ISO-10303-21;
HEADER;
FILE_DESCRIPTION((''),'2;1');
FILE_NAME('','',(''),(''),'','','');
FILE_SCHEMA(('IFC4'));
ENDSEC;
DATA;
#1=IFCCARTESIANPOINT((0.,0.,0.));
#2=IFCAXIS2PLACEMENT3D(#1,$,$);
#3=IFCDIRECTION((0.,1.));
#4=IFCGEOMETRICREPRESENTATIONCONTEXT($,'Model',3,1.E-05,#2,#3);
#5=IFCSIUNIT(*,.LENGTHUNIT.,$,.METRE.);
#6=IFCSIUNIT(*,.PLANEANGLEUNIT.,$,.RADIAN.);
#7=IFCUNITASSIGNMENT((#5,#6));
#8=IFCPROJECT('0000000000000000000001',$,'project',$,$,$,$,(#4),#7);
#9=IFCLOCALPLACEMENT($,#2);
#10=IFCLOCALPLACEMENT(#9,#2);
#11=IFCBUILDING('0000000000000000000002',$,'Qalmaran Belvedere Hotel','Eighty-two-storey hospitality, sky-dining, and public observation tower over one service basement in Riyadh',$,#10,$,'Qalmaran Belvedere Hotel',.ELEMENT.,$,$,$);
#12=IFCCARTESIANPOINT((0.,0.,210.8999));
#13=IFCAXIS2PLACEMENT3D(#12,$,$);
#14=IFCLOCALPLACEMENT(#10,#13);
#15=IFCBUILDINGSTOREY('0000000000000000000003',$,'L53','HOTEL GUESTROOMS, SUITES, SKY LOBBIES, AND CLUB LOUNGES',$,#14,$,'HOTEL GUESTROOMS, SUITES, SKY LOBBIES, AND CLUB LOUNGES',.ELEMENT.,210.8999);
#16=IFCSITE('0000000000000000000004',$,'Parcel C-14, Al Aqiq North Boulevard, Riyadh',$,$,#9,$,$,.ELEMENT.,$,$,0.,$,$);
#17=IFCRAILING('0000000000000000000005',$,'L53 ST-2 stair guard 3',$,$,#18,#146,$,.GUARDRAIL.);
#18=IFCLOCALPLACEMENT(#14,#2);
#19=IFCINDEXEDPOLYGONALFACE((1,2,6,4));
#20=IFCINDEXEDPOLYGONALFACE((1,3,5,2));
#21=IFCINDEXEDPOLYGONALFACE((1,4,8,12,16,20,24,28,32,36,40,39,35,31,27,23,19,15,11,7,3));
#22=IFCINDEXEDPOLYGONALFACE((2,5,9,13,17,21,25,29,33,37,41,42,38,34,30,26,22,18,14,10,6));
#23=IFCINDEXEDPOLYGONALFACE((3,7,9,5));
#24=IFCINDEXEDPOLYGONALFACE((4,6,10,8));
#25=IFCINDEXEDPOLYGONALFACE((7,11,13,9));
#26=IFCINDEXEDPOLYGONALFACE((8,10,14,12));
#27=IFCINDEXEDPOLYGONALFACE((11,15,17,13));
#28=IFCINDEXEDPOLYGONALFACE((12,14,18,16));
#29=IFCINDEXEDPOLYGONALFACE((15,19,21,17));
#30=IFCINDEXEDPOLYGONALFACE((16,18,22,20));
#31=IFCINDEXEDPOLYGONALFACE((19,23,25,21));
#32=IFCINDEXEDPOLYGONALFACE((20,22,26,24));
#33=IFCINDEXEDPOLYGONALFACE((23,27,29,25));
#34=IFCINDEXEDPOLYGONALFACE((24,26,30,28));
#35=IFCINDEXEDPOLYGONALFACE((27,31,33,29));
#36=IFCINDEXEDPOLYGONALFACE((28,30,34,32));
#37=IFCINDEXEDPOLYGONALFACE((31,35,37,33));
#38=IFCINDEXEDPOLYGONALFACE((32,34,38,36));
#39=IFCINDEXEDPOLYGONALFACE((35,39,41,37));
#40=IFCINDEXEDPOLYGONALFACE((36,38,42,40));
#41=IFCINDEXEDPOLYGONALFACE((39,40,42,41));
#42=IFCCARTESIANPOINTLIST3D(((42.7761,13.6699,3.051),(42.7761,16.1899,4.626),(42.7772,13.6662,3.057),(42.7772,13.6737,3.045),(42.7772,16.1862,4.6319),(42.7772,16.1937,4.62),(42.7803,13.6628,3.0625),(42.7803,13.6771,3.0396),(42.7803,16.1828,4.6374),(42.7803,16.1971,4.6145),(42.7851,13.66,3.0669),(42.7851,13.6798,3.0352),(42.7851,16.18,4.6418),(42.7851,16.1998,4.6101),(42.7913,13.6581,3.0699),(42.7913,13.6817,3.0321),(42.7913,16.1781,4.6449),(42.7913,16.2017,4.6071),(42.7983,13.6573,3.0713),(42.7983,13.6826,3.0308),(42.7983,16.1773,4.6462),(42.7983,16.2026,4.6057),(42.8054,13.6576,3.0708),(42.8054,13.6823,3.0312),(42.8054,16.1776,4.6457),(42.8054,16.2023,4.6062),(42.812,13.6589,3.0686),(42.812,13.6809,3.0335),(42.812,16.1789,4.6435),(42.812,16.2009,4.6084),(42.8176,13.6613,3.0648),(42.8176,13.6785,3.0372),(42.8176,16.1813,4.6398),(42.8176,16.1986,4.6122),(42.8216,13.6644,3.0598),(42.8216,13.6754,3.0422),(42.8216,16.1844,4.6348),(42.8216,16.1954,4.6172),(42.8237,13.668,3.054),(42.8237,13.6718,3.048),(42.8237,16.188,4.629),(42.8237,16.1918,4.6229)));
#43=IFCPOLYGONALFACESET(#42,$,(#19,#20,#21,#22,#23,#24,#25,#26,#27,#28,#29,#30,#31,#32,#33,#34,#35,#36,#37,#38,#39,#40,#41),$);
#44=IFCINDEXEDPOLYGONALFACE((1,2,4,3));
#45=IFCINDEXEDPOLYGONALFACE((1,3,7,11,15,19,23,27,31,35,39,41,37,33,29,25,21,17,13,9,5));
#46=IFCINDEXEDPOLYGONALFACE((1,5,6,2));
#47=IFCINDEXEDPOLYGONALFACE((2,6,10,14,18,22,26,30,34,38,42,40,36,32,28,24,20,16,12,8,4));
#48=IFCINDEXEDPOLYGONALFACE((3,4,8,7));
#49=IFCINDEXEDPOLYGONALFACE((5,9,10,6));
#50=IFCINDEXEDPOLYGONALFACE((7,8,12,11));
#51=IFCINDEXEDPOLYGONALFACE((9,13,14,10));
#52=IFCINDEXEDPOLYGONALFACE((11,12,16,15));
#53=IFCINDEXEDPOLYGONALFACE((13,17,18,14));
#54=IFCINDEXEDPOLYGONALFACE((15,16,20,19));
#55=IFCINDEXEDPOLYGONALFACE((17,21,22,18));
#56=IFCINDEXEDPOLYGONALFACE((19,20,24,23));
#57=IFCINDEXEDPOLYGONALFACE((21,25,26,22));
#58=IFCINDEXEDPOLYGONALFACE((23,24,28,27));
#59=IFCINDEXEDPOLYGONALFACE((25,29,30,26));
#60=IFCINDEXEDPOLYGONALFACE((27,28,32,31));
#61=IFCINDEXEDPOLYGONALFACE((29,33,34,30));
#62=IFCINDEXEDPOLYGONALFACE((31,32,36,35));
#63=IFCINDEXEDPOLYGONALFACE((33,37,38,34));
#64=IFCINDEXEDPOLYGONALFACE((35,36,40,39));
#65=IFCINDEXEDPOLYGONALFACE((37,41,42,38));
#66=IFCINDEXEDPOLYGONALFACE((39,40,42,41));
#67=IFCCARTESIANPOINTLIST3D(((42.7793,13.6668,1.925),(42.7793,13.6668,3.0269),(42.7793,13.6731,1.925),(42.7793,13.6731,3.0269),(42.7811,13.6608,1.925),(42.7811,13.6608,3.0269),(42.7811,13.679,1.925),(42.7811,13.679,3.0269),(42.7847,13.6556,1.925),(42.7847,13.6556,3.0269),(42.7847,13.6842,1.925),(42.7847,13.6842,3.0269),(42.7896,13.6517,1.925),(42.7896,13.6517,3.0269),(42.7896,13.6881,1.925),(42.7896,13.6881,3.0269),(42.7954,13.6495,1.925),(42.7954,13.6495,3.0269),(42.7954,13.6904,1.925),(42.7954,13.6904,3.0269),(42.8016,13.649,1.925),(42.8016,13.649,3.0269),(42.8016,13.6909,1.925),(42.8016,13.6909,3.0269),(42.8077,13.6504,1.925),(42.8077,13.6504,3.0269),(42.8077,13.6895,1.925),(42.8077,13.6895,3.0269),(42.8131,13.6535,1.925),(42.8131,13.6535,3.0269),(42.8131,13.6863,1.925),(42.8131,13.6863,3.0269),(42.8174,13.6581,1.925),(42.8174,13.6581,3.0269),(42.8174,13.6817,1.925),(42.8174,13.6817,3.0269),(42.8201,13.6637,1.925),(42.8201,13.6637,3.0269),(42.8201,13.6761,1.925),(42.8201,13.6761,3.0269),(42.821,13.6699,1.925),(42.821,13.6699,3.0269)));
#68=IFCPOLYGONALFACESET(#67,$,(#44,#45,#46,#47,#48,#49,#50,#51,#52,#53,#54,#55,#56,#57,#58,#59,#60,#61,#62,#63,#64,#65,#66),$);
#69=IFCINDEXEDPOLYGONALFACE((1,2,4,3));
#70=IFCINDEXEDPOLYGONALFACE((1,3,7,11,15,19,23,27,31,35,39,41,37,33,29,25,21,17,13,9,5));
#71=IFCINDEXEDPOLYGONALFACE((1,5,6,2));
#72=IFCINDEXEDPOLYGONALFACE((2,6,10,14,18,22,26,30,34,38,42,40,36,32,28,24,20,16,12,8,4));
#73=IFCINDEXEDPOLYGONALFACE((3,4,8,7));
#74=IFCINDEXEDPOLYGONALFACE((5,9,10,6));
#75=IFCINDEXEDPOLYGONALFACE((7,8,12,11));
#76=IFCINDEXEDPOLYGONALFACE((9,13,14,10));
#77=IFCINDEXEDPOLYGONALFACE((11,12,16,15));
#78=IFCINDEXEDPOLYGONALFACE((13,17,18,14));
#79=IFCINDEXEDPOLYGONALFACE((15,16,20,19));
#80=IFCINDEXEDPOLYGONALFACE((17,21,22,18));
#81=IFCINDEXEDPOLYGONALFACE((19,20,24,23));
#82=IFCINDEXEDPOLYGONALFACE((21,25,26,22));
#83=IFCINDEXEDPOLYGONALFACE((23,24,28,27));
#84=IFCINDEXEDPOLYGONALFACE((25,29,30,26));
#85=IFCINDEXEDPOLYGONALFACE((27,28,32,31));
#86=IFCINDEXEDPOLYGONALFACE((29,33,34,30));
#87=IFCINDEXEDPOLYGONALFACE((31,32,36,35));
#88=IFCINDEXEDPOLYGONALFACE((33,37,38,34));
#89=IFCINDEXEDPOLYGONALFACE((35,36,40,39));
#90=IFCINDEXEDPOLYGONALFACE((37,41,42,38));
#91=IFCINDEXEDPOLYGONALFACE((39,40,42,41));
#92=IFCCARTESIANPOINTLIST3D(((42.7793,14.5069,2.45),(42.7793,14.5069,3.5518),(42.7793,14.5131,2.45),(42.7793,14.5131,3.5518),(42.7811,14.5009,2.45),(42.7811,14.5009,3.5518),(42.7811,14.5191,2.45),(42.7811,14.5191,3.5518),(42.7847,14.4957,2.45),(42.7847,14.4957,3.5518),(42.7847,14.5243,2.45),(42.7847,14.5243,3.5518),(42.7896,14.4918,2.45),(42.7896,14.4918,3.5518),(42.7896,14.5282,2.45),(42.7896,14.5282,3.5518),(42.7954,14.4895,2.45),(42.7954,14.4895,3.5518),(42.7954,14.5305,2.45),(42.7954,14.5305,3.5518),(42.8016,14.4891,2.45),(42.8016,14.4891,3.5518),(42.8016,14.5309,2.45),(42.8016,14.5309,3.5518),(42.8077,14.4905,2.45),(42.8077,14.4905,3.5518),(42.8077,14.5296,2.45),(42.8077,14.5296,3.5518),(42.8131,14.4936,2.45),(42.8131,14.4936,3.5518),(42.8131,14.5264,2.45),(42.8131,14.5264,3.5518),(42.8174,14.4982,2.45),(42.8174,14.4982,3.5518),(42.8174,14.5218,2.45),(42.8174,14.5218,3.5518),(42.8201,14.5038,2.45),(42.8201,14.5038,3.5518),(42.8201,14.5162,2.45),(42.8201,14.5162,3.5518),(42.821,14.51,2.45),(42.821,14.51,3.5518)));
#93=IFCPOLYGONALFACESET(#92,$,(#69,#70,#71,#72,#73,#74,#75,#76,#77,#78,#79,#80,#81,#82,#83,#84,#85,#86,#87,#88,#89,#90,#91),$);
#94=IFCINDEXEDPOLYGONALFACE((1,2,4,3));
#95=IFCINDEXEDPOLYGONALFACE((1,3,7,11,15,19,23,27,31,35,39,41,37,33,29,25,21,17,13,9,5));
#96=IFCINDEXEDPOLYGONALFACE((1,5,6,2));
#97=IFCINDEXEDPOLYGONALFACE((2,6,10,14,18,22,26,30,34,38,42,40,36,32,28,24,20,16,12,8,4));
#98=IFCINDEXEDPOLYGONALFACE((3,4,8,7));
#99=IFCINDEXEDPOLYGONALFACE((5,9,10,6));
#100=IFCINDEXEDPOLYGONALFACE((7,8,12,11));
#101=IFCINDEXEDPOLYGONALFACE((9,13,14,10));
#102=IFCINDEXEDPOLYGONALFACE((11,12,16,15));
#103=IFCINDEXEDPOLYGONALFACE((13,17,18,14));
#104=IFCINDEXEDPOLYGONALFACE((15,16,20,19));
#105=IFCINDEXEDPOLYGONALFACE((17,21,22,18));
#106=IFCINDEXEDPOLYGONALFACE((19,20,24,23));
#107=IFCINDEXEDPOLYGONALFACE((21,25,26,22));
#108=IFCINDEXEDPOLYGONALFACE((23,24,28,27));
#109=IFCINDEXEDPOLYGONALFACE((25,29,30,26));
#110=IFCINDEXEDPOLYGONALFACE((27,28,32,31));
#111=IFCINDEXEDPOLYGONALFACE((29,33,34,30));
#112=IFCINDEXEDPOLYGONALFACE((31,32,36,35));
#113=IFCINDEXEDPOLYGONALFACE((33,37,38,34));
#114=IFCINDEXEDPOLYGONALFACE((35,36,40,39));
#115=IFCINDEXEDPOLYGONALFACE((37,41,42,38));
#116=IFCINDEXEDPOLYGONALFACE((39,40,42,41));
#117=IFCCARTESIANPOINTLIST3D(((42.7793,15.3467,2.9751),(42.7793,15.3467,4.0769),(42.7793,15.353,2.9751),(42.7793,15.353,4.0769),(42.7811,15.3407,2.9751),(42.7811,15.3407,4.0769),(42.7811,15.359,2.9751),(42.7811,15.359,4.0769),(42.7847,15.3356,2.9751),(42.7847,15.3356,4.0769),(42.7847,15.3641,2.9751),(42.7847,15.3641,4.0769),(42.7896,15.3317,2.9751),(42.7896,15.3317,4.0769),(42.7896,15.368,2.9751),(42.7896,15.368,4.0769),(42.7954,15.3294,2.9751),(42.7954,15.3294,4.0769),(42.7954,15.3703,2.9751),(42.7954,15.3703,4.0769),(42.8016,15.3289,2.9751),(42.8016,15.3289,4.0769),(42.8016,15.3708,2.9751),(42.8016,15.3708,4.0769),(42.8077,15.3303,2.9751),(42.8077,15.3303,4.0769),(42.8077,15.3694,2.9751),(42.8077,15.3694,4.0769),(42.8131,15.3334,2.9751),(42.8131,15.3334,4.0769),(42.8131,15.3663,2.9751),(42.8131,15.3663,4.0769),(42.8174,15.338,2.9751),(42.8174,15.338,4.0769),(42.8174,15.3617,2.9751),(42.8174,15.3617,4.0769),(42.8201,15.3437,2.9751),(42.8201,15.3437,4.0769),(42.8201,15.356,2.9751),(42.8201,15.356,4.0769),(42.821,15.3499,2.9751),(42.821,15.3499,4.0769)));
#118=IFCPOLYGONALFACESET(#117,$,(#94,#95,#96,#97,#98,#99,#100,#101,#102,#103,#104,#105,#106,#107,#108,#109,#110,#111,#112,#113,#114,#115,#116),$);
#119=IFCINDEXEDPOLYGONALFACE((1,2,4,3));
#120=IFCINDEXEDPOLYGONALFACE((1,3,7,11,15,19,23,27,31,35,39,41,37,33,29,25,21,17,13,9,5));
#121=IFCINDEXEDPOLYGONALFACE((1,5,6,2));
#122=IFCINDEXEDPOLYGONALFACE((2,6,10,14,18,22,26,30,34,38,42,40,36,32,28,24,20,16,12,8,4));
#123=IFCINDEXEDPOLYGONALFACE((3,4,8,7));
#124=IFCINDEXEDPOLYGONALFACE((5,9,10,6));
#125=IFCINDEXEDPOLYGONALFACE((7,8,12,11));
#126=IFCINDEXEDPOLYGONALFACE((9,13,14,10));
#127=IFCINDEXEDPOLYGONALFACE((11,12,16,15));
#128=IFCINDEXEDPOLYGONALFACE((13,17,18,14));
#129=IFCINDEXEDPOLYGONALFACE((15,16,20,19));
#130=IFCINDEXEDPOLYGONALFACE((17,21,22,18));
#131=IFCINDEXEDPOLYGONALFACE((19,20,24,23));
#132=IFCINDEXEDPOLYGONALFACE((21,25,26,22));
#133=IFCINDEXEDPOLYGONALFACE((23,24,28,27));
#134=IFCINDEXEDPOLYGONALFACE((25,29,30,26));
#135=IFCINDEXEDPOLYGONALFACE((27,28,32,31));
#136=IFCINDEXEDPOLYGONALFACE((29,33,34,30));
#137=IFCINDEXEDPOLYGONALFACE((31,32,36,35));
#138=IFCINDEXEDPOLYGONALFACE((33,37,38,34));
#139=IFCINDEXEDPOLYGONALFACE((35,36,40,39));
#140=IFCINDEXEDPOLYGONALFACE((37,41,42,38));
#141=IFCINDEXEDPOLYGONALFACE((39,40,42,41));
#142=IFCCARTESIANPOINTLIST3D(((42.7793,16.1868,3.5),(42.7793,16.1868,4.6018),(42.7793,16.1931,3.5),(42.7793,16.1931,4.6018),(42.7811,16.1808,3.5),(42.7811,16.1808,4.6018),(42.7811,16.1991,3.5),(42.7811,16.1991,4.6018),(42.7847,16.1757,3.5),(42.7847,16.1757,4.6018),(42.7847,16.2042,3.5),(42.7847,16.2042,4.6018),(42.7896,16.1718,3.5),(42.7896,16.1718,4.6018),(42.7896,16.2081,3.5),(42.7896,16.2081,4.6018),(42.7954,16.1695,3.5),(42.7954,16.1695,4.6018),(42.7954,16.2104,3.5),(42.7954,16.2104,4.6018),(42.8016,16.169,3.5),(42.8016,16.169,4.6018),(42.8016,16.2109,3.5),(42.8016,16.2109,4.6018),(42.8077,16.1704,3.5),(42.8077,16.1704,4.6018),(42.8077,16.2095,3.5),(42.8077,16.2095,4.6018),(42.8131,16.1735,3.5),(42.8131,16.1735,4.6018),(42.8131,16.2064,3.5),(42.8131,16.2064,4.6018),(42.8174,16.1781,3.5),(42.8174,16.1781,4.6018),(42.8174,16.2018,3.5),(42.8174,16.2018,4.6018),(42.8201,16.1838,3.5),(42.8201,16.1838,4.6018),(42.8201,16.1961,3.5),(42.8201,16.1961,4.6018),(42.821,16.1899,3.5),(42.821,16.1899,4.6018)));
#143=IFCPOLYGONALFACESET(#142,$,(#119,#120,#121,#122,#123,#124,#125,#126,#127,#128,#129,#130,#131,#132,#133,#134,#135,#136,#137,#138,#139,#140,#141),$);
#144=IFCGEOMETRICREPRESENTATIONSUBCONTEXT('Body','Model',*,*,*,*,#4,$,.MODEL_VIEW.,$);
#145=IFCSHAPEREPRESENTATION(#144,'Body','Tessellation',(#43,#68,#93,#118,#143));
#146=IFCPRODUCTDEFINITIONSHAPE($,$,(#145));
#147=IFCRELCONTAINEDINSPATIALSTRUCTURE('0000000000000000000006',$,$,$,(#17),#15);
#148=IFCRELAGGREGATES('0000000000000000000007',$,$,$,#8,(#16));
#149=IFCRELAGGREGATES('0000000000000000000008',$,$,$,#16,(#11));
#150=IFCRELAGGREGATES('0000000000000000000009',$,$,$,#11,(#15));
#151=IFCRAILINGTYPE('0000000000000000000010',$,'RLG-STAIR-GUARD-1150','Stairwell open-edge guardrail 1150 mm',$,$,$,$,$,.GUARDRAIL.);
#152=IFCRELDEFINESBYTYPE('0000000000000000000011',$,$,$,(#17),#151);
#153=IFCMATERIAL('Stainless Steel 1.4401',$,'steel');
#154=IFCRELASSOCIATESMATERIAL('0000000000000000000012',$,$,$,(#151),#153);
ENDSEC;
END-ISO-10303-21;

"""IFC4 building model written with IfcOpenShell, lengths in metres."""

from ifc_helpers import new_model, si_unit, direction, frame, origin, origin_2d, place, context, subcontext, project, spatial, circle, extrude, material, type_object, element, save


model = new_model("IFC4")

# Units and contexts
model_context = context("Model", 3, precision=1e-05, world=origin(), true_north=direction((0.0, 1.0)))
body_context = subcontext(model_context, "Body", "Model", "MODEL_VIEW")
ifc_project = project(units=[si_unit("LENGTHUNIT", "METRE"), si_unit("PLANEANGLEUNIT", "RADIAN")], contexts=[model_context])

# Site, building, storey
site_placement = place(None, origin())
site = spatial("IfcSite", under=ifc_project, at=site_placement, Name="Parcel C-14, Al Aqiq North Boulevard, Riyadh", CompositionType="ELEMENT", RefElevation=0.0)
building_placement = place(site_placement, origin())
building = spatial("IfcBuilding", under=site, at=building_placement, Name="Qalmaran Belvedere Hotel", Description="Eighty-two-storey hospitality, sky-dining, and public observation tower over one service basement in Riyadh", LongName="Qalmaran Belvedere Hotel", CompositionType="ELEMENT")
storey_placement = place(building_placement, frame((0.0, 0.0, 210.8999)))
storey = spatial("IfcBuildingStorey", under=building, at=storey_placement, Name="L53", Description="HOTEL GUESTROOMS, SUITES, SKY LOBBIES, AND CLUB LOUNGES", LongName="HOTEL GUESTROOMS, SUITES, SKY LOBBIES, AND CLUB LOUNGES", CompositionType="ELEMENT", Elevation=210.8999)

# Railing
ifc_material_1 = material(Name="Stainless Steel 1.4401", Category="steel")
railing_type_1 = type_object("IfcRailingType", Name="RLG-STAIR-GUARD-1150", Description="Stairwell open-edge guardrail 1150 mm", PredefinedType="GUARDRAIL", material=ifc_material_1)
railing_1_placement = place(storey_placement, frame((42.8, 13.6699, 1.925)))
element("IfcRailing", 1, at=railing_1_placement, inside=storey, type_object=railing_type_1, Name="L53 ST-2 stair guard 3", PredefinedType="GUARDRAIL", context=body_context, shape_type="SweptSolid", body=[
    extrude(circle(Radius=0.0239, at=origin_2d()), frame((0.0, 0.0, 1.126), z_axis=(0.0, 0.848008, 0.529984), x_axis=(-1.0, 0.0, 0.0)), (0.0, 0.0, 1.0), 2.9717),
    extrude(circle(Radius=0.021, at=origin_2d()), origin(), (0.0, 0.0, 1.0), 1.1018),
    extrude(circle(Radius=0.021, at=origin_2d()), frame((0.0, 0.8401, 0.5249)), (0.0, 0.0, 1.0), 1.1018),
    extrude(circle(Radius=0.021, at=origin_2d()), frame((0.0, 1.6799, 1.05)), (0.0, 0.0, 1.0), 1.1018),
    extrude(circle(Radius=0.021, at=origin_2d()), frame((0.0, 2.52, 1.575)), (0.0, 0.0, 1.0), 1.1018),
])

save(model, "model.ifc")
